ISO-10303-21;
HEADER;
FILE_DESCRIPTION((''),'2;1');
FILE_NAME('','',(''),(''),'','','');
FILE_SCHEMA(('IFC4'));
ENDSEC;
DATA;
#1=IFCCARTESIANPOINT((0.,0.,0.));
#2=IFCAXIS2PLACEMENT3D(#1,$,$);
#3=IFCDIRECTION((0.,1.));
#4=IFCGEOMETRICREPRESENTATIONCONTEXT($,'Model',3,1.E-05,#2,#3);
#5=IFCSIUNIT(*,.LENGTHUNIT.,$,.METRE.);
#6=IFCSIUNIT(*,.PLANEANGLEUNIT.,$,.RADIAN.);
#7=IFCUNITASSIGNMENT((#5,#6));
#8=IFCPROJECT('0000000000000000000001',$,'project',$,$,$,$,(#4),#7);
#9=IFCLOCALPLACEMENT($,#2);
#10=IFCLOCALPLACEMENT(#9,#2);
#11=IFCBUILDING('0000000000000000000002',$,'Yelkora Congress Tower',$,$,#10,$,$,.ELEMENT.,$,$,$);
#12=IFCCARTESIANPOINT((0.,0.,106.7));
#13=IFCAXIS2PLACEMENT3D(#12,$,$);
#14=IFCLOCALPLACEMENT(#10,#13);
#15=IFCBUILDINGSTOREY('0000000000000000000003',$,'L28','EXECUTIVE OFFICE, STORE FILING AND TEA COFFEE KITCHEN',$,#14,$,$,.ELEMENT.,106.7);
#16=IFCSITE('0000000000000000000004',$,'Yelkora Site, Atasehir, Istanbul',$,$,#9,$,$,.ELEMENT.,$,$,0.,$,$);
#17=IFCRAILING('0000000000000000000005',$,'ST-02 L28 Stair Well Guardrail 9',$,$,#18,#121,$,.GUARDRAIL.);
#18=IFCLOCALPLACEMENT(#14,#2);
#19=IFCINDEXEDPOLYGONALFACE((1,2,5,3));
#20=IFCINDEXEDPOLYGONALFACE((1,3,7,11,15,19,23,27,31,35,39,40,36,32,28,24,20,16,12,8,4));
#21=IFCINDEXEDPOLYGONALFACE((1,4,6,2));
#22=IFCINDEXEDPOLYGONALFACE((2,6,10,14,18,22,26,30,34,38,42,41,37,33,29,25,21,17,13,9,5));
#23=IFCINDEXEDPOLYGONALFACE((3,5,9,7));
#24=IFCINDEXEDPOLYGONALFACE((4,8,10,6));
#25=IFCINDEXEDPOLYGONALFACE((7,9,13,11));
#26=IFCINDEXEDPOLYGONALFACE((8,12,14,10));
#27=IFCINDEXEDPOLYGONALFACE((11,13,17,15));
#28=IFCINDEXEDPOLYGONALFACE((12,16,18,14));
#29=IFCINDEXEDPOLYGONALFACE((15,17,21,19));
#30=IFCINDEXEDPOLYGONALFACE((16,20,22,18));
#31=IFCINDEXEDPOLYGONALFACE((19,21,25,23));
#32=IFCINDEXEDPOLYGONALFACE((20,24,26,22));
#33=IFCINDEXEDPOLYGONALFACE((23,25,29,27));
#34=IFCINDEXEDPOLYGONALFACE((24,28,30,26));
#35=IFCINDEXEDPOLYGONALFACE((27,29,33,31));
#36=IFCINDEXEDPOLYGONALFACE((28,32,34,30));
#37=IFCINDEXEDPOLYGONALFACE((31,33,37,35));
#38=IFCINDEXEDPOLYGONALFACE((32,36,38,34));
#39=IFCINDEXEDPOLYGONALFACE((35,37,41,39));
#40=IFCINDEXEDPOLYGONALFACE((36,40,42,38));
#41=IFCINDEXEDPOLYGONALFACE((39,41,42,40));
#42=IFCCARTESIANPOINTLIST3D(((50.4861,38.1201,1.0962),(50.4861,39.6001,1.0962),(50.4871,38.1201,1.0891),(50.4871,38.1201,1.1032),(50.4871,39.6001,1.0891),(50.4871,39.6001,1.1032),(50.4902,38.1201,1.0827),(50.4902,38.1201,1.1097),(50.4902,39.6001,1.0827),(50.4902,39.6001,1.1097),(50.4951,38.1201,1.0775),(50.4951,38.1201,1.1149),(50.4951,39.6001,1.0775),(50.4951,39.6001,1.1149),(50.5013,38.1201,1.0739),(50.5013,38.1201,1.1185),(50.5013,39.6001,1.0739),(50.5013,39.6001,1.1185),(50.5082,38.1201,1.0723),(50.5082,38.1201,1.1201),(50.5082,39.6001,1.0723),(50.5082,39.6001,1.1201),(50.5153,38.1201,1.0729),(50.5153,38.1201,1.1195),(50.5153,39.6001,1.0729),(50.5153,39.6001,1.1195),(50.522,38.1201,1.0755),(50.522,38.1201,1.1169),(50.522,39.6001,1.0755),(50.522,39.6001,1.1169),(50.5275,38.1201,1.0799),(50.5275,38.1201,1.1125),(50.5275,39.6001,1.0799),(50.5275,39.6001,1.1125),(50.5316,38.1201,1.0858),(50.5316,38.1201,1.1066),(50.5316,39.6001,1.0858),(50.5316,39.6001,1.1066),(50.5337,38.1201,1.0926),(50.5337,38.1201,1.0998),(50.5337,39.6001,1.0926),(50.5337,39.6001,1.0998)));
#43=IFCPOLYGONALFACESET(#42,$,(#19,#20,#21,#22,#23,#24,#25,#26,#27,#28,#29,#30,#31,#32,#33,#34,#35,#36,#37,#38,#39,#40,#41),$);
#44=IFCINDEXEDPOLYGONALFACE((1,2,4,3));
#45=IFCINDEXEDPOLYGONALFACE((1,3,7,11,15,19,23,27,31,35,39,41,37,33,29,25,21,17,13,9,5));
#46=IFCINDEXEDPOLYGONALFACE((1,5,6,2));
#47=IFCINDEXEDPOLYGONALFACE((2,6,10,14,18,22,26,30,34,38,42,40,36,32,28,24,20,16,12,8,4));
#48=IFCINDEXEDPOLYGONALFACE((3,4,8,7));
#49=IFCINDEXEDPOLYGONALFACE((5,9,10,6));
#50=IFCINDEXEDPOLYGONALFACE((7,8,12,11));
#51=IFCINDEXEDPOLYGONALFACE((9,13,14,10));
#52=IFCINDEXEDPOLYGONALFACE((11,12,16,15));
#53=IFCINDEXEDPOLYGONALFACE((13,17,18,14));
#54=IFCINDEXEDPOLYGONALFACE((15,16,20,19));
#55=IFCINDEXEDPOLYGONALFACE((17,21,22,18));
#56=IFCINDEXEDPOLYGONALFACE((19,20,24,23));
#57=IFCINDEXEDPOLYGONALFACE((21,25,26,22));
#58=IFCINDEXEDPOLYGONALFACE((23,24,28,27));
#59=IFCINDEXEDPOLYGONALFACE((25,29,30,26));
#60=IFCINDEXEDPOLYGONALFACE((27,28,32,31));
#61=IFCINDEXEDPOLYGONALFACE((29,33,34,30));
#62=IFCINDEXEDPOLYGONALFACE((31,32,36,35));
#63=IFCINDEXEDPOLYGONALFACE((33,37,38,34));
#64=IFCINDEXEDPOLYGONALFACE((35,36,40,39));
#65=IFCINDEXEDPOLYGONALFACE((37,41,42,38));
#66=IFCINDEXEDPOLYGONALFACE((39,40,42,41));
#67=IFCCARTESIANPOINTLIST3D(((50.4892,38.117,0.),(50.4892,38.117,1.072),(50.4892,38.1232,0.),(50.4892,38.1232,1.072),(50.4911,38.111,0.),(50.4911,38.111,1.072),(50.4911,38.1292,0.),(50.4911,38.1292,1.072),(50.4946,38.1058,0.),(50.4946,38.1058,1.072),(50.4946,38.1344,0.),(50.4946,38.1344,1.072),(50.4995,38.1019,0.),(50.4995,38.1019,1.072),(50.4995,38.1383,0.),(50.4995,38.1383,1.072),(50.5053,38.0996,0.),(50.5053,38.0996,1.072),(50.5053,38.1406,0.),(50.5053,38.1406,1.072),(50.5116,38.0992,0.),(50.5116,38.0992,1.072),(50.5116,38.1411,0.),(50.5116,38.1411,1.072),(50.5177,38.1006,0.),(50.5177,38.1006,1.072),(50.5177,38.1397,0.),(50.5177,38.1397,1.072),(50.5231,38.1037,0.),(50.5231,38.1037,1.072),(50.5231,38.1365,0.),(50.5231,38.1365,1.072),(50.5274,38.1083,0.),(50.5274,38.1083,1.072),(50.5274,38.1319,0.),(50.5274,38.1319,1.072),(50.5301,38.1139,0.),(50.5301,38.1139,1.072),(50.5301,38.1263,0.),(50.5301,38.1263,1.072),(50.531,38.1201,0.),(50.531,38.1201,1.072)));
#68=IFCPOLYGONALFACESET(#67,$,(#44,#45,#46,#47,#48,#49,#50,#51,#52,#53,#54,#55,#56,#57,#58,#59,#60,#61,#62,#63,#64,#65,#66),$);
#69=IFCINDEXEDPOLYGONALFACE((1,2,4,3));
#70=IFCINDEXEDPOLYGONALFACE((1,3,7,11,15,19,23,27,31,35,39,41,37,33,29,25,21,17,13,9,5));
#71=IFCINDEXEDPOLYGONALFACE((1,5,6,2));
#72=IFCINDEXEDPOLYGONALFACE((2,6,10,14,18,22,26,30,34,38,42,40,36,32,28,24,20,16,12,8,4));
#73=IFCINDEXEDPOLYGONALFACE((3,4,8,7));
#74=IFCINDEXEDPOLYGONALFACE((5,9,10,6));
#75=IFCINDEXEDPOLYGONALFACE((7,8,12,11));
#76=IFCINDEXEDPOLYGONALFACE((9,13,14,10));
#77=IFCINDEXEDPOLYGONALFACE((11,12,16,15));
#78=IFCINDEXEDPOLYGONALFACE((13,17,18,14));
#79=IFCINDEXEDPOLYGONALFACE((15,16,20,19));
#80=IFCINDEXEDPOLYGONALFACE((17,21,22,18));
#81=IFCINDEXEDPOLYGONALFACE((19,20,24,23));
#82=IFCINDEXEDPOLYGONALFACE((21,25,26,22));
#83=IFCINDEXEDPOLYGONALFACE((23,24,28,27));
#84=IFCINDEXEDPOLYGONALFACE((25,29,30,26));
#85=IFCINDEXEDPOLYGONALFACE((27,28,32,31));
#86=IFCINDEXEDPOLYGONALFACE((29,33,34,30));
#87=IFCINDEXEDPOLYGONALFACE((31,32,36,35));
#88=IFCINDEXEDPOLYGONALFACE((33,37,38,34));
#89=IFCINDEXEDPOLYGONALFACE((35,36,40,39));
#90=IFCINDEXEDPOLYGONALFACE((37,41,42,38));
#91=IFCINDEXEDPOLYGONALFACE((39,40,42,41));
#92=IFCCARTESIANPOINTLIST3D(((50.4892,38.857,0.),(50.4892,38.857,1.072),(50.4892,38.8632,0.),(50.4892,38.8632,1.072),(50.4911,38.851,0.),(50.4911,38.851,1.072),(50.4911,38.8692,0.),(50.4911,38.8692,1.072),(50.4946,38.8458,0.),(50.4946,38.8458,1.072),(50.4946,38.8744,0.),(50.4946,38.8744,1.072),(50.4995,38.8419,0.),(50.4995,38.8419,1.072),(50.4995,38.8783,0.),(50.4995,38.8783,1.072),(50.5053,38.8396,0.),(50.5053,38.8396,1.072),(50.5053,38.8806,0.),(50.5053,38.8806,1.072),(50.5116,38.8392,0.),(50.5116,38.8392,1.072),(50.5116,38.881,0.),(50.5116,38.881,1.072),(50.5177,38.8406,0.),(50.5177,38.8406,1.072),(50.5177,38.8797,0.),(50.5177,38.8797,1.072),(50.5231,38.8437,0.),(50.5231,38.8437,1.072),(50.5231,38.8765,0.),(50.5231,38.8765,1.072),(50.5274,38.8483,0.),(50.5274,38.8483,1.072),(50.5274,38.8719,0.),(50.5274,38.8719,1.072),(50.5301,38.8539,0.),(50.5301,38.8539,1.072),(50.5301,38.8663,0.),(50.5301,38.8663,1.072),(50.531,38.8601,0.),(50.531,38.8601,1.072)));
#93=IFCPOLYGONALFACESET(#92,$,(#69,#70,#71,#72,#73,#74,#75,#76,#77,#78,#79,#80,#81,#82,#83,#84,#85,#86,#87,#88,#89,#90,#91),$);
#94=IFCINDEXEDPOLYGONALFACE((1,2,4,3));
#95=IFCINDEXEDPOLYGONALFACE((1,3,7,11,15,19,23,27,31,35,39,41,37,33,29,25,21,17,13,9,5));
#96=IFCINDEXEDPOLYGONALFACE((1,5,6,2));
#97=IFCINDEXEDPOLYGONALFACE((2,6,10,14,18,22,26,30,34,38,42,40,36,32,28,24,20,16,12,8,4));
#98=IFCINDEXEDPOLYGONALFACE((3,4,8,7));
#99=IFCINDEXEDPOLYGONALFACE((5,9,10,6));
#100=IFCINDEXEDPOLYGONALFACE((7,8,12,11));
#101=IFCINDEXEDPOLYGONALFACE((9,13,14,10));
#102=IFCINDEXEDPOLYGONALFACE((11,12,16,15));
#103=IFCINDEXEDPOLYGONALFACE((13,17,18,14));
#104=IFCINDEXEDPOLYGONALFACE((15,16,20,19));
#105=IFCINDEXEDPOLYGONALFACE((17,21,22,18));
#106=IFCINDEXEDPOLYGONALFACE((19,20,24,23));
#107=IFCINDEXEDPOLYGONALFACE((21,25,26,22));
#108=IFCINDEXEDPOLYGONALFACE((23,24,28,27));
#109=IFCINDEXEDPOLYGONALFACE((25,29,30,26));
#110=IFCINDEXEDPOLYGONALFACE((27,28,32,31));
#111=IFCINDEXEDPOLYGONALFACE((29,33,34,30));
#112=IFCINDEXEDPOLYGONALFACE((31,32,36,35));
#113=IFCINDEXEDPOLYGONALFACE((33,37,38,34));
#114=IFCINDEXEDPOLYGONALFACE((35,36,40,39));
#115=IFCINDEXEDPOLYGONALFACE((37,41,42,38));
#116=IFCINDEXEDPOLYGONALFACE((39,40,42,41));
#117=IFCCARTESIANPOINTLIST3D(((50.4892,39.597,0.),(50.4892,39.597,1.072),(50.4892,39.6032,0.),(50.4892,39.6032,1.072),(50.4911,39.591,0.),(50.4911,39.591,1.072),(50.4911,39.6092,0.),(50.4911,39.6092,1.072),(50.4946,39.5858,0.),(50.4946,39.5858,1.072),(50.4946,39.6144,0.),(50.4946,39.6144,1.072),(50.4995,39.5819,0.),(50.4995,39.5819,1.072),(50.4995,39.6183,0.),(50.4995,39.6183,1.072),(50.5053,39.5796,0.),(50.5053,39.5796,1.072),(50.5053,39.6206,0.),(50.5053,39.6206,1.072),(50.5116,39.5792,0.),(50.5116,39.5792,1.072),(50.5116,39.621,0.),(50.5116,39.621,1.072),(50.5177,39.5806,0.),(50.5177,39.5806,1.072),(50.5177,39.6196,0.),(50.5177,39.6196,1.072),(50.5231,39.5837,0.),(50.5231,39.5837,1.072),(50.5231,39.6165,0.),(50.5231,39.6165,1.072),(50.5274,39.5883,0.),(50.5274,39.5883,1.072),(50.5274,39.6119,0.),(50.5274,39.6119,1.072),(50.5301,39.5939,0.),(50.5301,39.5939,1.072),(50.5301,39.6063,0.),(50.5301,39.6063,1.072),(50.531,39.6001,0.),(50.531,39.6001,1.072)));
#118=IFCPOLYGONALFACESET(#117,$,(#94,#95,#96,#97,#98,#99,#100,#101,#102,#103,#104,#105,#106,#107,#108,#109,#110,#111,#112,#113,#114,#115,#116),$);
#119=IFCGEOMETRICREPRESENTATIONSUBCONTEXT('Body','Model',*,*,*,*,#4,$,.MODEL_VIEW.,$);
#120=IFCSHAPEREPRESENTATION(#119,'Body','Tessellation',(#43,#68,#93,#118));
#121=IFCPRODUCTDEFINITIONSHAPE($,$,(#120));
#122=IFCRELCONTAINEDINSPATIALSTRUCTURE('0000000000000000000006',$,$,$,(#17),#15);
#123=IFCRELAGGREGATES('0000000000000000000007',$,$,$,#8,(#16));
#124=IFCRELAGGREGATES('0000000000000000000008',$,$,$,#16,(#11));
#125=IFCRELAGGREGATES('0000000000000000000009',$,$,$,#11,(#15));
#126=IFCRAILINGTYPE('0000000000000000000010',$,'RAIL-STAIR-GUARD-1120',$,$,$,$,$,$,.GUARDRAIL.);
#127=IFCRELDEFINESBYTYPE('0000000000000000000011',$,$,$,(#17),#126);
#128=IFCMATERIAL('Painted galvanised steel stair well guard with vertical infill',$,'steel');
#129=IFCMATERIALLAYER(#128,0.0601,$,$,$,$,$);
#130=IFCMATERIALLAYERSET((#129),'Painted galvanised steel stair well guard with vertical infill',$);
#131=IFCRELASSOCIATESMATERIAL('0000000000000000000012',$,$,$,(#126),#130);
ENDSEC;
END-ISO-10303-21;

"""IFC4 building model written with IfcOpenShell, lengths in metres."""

from ifc_helpers import new_model, si_unit, direction, frame, origin, origin_2d, place, context, subcontext, project, spatial, circle, extrude, material, layer, layer_set, type_object, element, save


model = new_model("IFC4")

# Units and contexts
model_context = context("Model", 3, precision=1e-05, world=origin(), true_north=direction((0.0, 1.0)))
body_context = subcontext(model_context, "Body", "Model", "MODEL_VIEW")
ifc_project = project(units=[si_unit("LENGTHUNIT", "METRE"), si_unit("PLANEANGLEUNIT", "RADIAN")], contexts=[model_context])

# Site, building, storey
site_placement = place(None, origin())
site = spatial("IfcSite", under=ifc_project, at=site_placement, Name="Yelkora Site, Atasehir, Istanbul", CompositionType="ELEMENT", RefElevation=0.0)
building_placement = place(site_placement, origin())
building = spatial("IfcBuilding", under=site, at=building_placement, Name="Yelkora Congress Tower", CompositionType="ELEMENT")
storey_placement = place(building_placement, frame((0.0, 0.0, 106.7)))
storey = spatial("IfcBuildingStorey", under=building, at=storey_placement, Name="L28", Description="EXECUTIVE OFFICE, STORE FILING AND TEA COFFEE KITCHEN", CompositionType="ELEMENT", Elevation=106.7)

# Railing
ifc_material_1 = material(Name="Painted galvanised steel stair well guard with vertical infill", Category="steel")
ifc_layer_1 = layer(ifc_material_1, 0.0601)
ifc_layer_set_1 = layer_set([ifc_layer_1], Name="Painted galvanised steel stair well guard with vertical infill")
railing_type_1 = type_object("IfcRailingType", Name="RAIL-STAIR-GUARD-1120", PredefinedType="GUARDRAIL", material=ifc_layer_set_1)
for number, where, name in (
    (1, (50.51, 38.1201, 0.0), "ST-02 L28 Stair Well Guardrail 9"),
):
    element("IfcRailing", number, at=place(storey_placement, frame(where)), inside=storey, type_object=railing_type_1, Name=name, PredefinedType="GUARDRAIL", context=body_context, shape_type="SweptSolid", body=[
        extrude(circle(Radius=0.0239, at=origin_2d()), frame((0.0, 0.0, 1.0962), z_axis=(0.0, 1.0, 0.0), x_axis=(-1.0, 0.0, 0.0)), (0.0, 0.0, 1.0), 1.48),
        extrude(circle(Radius=0.021, at=origin_2d()), origin(), (0.0, 0.0, 1.0), 1.072),
        extrude(circle(Radius=0.021, at=origin_2d()), frame((0.0, 0.74, 0.0)), (0.0, 0.0, 1.0), 1.072),
        extrude(circle(Radius=0.021, at=origin_2d()), frame((0.0, 1.48, 0.0)), (0.0, 0.0, 1.0), 1.072),
    ])

save(model, "model.ifc")
